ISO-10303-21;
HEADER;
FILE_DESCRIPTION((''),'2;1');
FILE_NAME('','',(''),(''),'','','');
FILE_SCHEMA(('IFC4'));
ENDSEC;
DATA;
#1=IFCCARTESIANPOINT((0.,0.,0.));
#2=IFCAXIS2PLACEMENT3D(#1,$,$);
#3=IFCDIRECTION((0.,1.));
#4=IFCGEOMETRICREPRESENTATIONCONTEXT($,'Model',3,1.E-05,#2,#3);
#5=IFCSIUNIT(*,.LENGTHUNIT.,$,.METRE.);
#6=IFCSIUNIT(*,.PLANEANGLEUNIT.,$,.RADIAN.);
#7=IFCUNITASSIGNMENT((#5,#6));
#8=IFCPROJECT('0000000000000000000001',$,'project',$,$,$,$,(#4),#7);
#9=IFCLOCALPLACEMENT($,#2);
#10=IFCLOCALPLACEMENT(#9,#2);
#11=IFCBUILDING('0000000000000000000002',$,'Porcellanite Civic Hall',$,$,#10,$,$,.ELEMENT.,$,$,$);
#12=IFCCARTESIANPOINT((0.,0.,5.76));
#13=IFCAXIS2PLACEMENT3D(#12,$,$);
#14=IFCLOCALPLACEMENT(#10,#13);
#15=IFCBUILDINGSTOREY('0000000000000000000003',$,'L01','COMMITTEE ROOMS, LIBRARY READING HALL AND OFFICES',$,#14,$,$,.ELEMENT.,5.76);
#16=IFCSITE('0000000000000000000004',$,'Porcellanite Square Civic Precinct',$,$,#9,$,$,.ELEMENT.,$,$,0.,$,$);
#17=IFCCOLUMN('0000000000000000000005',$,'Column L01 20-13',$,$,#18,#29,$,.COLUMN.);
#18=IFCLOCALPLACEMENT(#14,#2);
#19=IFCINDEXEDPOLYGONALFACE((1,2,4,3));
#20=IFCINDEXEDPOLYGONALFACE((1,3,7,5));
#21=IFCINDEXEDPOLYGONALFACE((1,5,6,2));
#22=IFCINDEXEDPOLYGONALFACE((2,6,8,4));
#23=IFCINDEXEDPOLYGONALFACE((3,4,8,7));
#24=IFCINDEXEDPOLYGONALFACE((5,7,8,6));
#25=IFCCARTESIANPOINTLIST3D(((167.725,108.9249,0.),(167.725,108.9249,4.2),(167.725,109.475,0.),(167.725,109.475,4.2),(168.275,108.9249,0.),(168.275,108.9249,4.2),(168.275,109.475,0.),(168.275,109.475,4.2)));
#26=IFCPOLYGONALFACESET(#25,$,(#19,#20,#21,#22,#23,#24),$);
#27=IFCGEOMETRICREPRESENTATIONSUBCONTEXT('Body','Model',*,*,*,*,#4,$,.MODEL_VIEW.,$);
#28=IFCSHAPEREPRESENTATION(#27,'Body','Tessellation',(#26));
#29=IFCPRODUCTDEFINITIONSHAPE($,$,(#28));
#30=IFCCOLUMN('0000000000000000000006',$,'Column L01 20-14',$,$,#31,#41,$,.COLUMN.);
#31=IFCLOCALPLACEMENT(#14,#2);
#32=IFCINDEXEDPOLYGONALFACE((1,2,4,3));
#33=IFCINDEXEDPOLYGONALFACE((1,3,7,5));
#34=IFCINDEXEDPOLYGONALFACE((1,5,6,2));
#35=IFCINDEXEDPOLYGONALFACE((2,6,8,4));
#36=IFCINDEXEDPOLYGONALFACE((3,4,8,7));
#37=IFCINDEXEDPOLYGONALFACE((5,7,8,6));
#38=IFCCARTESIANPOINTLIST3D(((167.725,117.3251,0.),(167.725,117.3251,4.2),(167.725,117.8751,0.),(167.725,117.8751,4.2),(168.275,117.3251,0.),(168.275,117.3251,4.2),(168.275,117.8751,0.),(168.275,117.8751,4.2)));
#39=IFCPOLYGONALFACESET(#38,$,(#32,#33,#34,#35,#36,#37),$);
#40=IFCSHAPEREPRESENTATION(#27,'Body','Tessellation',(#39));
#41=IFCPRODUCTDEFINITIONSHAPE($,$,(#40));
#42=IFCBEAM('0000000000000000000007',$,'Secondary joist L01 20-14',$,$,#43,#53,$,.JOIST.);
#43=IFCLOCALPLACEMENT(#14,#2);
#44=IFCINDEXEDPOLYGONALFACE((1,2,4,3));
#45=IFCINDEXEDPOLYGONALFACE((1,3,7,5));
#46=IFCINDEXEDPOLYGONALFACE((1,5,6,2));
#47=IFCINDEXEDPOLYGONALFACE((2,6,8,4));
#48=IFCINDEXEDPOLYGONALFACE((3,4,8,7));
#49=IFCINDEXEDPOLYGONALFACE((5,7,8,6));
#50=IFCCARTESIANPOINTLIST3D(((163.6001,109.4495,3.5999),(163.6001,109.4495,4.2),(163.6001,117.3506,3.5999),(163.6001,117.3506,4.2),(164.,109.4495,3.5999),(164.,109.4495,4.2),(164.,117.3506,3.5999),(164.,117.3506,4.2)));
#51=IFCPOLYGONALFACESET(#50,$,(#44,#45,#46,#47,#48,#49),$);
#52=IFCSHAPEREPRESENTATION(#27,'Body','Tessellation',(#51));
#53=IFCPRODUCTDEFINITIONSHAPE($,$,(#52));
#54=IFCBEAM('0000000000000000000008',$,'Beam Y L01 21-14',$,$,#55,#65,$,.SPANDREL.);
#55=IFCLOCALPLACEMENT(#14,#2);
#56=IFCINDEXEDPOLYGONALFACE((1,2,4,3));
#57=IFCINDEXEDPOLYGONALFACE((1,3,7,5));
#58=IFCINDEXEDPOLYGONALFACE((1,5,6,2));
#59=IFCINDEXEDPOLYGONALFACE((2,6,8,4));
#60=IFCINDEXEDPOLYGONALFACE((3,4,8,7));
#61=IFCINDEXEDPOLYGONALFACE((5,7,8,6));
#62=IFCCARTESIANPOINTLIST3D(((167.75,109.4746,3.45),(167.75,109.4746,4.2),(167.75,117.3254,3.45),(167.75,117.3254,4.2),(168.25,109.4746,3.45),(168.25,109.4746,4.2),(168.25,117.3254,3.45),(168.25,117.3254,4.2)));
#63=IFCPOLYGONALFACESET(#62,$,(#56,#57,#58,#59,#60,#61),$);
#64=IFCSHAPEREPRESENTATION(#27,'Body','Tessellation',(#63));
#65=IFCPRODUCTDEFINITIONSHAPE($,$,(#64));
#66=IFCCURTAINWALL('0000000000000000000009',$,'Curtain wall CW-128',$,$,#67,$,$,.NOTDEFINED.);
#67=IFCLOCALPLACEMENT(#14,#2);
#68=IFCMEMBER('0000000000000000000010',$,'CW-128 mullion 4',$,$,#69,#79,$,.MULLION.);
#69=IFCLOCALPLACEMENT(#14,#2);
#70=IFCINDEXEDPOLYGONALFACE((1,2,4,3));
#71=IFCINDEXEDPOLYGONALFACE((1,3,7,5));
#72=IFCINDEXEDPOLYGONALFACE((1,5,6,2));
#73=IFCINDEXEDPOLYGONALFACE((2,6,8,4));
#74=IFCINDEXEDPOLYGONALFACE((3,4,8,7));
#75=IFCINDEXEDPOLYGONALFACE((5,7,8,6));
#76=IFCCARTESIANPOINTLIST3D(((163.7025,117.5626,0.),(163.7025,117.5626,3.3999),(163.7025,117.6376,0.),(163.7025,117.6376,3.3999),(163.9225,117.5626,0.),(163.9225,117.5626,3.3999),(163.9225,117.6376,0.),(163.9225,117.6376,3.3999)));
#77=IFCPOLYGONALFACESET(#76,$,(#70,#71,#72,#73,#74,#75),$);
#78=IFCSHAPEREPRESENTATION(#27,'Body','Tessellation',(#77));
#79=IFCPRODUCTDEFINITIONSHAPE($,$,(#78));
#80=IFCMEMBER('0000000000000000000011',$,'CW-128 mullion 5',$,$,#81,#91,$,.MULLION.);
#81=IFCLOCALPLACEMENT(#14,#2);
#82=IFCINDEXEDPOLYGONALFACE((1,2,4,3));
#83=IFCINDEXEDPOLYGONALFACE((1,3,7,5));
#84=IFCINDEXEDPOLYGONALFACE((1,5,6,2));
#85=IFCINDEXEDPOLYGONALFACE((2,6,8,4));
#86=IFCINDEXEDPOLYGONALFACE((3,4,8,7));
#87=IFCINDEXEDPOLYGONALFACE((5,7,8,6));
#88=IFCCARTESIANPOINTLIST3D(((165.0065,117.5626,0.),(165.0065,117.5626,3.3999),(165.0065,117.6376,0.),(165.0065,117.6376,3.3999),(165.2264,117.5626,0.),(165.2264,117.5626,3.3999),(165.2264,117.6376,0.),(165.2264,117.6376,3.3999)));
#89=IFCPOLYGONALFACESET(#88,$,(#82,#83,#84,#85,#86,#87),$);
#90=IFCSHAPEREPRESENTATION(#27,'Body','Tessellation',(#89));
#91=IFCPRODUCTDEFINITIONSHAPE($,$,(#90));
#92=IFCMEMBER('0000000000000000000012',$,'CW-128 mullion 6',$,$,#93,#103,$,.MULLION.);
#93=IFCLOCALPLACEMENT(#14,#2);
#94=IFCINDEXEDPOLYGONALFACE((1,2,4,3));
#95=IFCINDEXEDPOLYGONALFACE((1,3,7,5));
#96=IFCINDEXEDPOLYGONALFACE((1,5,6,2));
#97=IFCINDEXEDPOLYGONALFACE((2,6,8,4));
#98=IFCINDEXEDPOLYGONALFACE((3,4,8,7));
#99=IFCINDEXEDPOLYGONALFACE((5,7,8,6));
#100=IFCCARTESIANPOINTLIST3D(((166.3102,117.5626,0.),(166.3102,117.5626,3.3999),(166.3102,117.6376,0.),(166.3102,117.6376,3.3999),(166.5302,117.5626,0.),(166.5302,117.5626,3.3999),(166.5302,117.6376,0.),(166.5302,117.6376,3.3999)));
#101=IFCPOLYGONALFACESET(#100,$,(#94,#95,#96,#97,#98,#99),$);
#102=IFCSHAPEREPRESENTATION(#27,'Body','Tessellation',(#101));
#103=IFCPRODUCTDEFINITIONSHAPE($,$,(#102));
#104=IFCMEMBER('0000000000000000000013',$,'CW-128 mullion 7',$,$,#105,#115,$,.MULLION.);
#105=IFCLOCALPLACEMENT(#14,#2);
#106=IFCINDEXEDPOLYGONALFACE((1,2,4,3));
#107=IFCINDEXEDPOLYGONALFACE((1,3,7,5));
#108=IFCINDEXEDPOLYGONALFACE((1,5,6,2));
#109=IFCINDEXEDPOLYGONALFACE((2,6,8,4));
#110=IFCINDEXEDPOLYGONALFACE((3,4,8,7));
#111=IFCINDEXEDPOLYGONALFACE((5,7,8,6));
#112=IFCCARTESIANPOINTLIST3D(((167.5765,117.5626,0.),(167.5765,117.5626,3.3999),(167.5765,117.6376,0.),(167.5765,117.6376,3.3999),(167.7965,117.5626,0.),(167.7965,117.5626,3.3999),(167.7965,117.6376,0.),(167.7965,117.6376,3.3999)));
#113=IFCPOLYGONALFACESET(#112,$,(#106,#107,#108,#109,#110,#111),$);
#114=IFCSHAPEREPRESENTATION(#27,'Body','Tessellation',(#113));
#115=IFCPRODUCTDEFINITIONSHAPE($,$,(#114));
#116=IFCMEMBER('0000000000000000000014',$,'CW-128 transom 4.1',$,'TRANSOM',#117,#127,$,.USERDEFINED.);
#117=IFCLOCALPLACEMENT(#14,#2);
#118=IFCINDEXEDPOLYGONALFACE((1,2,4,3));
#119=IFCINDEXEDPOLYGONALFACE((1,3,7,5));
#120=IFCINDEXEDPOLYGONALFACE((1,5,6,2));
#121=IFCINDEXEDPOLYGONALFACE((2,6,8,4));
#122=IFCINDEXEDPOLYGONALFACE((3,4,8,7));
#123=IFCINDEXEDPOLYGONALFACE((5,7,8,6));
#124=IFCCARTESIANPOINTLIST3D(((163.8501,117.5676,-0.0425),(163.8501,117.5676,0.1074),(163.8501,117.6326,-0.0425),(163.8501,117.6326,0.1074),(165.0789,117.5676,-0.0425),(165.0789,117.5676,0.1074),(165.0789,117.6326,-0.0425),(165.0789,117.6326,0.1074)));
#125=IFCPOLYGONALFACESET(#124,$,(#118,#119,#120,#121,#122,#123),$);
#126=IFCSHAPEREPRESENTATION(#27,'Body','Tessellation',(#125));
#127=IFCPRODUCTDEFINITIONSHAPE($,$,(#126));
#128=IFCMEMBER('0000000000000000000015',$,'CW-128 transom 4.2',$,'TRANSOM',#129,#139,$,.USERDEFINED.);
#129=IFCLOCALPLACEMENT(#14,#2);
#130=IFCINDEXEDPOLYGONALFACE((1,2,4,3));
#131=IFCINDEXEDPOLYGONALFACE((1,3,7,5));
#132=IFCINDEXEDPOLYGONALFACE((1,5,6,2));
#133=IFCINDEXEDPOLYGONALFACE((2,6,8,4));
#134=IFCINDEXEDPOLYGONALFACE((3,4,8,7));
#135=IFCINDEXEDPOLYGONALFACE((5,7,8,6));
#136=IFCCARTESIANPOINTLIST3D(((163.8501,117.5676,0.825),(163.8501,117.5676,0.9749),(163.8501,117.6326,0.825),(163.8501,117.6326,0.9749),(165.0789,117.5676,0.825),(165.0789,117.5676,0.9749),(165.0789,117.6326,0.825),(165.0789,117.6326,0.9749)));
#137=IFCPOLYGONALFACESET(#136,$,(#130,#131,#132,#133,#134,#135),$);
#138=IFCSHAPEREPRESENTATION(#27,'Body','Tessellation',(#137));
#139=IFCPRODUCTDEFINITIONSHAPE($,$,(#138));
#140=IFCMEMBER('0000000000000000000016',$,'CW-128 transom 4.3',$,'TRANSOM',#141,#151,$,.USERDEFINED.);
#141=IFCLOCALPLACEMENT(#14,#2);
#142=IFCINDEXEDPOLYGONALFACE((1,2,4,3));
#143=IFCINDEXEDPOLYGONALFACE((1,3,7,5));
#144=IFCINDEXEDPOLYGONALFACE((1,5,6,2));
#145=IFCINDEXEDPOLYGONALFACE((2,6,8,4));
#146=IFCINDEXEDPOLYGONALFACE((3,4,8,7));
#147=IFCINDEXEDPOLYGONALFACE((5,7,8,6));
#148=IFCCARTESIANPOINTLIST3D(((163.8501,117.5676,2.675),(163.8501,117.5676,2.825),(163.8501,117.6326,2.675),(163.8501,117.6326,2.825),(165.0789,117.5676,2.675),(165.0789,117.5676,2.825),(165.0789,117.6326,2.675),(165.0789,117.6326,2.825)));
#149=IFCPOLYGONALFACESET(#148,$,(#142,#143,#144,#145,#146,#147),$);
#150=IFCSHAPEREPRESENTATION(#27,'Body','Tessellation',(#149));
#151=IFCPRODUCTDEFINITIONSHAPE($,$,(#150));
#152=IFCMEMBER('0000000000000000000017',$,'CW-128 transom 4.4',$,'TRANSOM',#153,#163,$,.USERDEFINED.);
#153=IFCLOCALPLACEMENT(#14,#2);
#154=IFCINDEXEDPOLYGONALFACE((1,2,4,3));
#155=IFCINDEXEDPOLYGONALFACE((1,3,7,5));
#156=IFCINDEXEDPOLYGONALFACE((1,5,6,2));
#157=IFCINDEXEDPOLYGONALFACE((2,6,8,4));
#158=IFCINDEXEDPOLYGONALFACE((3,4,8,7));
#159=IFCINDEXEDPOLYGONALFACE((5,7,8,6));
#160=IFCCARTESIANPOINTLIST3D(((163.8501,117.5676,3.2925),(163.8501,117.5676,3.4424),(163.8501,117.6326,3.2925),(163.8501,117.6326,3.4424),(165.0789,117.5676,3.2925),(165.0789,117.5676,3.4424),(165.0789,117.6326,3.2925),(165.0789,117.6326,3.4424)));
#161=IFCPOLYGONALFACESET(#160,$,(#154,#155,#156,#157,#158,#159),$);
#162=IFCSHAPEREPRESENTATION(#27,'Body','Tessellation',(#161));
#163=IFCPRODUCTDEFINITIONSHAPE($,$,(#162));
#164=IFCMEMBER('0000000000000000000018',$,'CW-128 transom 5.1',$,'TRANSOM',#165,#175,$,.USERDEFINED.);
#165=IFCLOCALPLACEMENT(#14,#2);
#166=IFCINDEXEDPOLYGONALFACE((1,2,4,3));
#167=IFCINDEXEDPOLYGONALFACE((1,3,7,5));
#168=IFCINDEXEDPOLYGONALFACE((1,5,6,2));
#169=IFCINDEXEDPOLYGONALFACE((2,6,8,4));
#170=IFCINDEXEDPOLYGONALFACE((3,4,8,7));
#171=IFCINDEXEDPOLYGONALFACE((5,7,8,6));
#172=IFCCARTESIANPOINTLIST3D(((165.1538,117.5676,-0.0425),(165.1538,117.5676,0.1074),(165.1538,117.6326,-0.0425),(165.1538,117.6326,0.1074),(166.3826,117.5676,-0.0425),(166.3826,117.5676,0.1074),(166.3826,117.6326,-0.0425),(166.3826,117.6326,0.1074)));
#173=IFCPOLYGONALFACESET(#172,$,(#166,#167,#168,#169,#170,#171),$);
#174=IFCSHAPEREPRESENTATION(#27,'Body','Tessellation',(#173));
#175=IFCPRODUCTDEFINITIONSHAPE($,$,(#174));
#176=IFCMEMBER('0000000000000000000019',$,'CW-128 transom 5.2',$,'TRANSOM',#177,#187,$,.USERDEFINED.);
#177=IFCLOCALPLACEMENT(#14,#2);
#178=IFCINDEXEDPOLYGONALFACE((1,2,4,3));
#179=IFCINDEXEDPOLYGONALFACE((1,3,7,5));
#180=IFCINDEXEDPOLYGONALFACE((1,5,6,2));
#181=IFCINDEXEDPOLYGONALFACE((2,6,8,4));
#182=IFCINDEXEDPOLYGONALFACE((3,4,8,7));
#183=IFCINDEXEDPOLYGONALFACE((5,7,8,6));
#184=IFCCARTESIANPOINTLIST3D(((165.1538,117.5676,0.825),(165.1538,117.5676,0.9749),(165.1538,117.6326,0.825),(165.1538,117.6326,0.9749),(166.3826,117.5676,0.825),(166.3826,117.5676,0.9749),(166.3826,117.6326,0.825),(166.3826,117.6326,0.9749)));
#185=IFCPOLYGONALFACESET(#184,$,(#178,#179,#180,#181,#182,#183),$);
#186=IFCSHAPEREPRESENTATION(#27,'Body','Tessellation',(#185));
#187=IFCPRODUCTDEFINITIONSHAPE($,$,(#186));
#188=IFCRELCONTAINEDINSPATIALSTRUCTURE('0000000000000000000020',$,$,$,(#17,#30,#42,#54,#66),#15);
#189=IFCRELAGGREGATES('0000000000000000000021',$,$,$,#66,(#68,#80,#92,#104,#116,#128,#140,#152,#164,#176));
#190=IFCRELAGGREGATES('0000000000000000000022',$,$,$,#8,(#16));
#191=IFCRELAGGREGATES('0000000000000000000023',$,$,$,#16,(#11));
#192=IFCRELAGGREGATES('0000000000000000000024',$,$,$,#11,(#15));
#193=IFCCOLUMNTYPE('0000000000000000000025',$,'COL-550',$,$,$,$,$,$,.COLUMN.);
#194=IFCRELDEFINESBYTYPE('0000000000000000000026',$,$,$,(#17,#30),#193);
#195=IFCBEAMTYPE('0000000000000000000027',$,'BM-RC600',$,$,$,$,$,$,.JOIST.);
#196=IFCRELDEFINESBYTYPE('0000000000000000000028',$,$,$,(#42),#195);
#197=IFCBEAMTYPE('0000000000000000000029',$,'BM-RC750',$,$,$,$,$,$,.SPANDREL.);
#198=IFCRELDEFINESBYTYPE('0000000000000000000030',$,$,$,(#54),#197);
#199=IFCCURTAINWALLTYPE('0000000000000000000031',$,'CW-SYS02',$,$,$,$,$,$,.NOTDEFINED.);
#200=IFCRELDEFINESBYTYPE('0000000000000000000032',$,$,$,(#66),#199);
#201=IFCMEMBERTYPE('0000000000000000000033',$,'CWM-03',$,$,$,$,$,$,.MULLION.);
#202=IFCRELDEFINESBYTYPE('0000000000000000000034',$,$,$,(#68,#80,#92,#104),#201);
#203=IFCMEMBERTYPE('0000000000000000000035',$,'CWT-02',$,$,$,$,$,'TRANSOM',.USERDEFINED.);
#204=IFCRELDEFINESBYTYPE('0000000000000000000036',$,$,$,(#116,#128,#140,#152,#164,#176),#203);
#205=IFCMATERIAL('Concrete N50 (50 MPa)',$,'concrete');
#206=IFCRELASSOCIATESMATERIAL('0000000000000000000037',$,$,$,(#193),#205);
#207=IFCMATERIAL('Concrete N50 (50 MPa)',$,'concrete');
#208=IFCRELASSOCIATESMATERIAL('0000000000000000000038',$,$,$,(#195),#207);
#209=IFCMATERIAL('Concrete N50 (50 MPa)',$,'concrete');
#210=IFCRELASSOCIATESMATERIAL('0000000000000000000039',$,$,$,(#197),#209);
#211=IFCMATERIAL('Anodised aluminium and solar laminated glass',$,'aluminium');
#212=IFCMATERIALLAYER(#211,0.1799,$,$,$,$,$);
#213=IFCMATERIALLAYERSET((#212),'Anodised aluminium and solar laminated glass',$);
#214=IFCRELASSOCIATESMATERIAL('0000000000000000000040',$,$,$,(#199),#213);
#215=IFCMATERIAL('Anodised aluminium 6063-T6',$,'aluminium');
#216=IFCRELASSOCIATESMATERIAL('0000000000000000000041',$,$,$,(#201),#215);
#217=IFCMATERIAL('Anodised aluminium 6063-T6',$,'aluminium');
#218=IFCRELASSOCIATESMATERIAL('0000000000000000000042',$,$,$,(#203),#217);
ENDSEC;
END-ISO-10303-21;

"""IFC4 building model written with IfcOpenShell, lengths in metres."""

from ifc_helpers import new_model, si_unit, direction, frame, origin, origin_2d, place, context, subcontext, project, spatial, rectangle, extrude, material, layer, layer_set, material_profile, profile_set, type_object, element, aggregate, save


model = new_model("IFC4")

# Units and contexts
model_context = context("Model", 3, precision=1e-05, world=origin(), true_north=direction((0.0, 1.0)))
body_context = subcontext(model_context, "Body", "Model", "MODEL_VIEW")
ifc_project = project(units=[si_unit("LENGTHUNIT", "METRE"), si_unit("PLANEANGLEUNIT", "RADIAN")], contexts=[model_context])

# Site, building, storey
site_placement = place(None, origin())
site = spatial("IfcSite", under=ifc_project, at=site_placement, Name="Porcellanite Square Civic Precinct", CompositionType="ELEMENT", RefElevation=0.0)
building_placement = place(site_placement, origin())
building = spatial("IfcBuilding", under=site, at=building_placement, Name="Porcellanite Civic Hall", CompositionType="ELEMENT")
storey_placement = place(building_placement, frame((0.0, 0.0, 5.76)))
storey = spatial("IfcBuildingStorey", under=building, at=storey_placement, Name="L01", Description="COMMITTEE ROOMS, LIBRARY READING HALL AND OFFICES", CompositionType="ELEMENT", Elevation=5.76)

# Columns
ifc_material_1 = material(Name="Concrete N50 (50 MPa)", Category="concrete")
ifc_material_profile_1 = material_profile(ifc_material_1, rectangle(XDim=0.55, YDim=0.55, at=origin_2d()), Name="RC-550x550")
ifc_profile_set_1 = profile_set([ifc_material_profile_1], Name="Concrete N50 (50 MPa)")
column_type = type_object("IfcColumnType", Name="COL-550", PredefinedType="COLUMN", material=ifc_profile_set_1)
for number, where, z_axis, x_axis, name in (
    (1, (168.0, 109.2, 0.0), (0.0, 0.0, 1.0), (1.0, 0.0, 0.0), "Column L01 20-13"),
    (2, (168.0, 117.6001, 0.0), (0.0, 0.0, 1.0), (1.0, 0.0, 0.0), "Column L01 20-14"),
):
    element("IfcColumn", number, at=place(storey_placement, frame(where, z_axis=z_axis, x_axis=x_axis)), inside=storey, type_object=column_type, Name=name, PredefinedType="COLUMN", context=body_context, shape_type="SweptSolid", body=[
        extrude(rectangle(XDim=0.55, YDim=0.55, at=origin_2d()), origin(), (0.0, 0.0, 1.0), 4.2),
    ])

# Beams
ifc_material_2 = material(Name="Concrete N50 (50 MPa)", Category="concrete")
ifc_material_profile_2 = material_profile(ifc_material_2, rectangle(XDim=0.3999, YDim=0.6001, at=origin_2d()), Name="RC-400x600")
ifc_profile_set_2 = profile_set([ifc_material_profile_2], Name="Concrete N50 (50 MPa)")
beam_type_1 = type_object("IfcBeamType", Name="BM-RC600", PredefinedType="JOIST", material=ifc_profile_set_2)
beam_1_placement = place(storey_placement, frame((163.8, 109.4495, 3.8999), z_axis=(0.0, 1.0, 0.0), x_axis=(-1.0, 0.0, 0.0)))
element("IfcBeam", 3, at=beam_1_placement, inside=storey, type_object=beam_type_1, Name="Secondary joist L01 20-14", PredefinedType="JOIST", context=body_context, shape_type="SweptSolid", body=[
    extrude(rectangle(XDim=0.3999, YDim=0.6001, at=origin_2d()), origin(), (0.0, 0.0, 1.0), 7.9011),
])
ifc_material_3 = material(Name="Concrete N50 (50 MPa)", Category="concrete")
ifc_material_profile_3 = material_profile(ifc_material_3, rectangle(XDim=0.5, YDim=0.75, at=origin_2d()), Name="RC-500x750")
ifc_profile_set_3 = profile_set([ifc_material_profile_3], Name="Concrete N50 (50 MPa)")
beam_type_2 = type_object("IfcBeamType", Name="BM-RC750", PredefinedType="SPANDREL", material=ifc_profile_set_3)
beam_2_placement = place(storey_placement, frame((168.0, 109.4746, 3.825), z_axis=(0.0, 1.0, 0.0), x_axis=(-1.0, 0.0, 0.0)))
element("IfcBeam", 4, at=beam_2_placement, inside=storey, type_object=beam_type_2, Name="Beam Y L01 21-14", PredefinedType="SPANDREL", context=body_context, shape_type="SweptSolid", body=[
    extrude(rectangle(XDim=0.5, YDim=0.75, at=origin_2d()), origin(), (0.0, 0.0, 1.0), 7.8508),
])

# Curtain wall, members
ifc_material_4 = material(Name="Anodised aluminium and solar laminated glass", Category="aluminium")
ifc_layer_1 = layer(ifc_material_4, 0.1799)
ifc_layer_set_1 = layer_set([ifc_layer_1], Name="Anodised aluminium and solar laminated glass")
curtain_wall_type = type_object("IfcCurtainWallType", Name="CW-SYS02", PredefinedType="NOTDEFINED", material=ifc_layer_set_1)
curtain_wall_placement = place(storey_placement, origin())
curtain_wall = element("IfcCurtainWall", 5, at=curtain_wall_placement, inside=storey, type_object=curtain_wall_type, Name="Curtain wall CW-128", PredefinedType="NOTDEFINED")
ifc_material_5 = material(Name="Anodised aluminium 6063-T6", Category="aluminium")
ifc_material_profile_4 = material_profile(ifc_material_5, rectangle(XDim=0.075, YDim=0.22, at=origin_2d()), Name="AL-75x220")
ifc_profile_set_4 = profile_set([ifc_material_profile_4], Name="Anodised aluminium 6063-T6")
member_type_1 = type_object("IfcMemberType", Name="CWM-03", PredefinedType="MULLION", material=ifc_profile_set_4)
member_1_placement = place(storey_placement, frame((163.8125, 117.6001, 0.0), z_axis=(0.0, 0.0, 1.0), x_axis=(0.0, 1.0, 0.0)))
member_1 = element("IfcMember", 6, at=member_1_placement, type_object=member_type_1, Name="CW-128 mullion 4", PredefinedType="MULLION", context=body_context, shape_type="SweptSolid", body=[
    extrude(rectangle(XDim=0.075, YDim=0.22, at=origin_2d()), origin(), (0.0, 0.0, 1.0), 3.3999),
])
member_2_placement = place(storey_placement, frame((165.1165, 117.6001, 0.0), z_axis=(0.0, 0.0, 1.0), x_axis=(0.0, 1.0, 0.0)))
member_2 = element("IfcMember", 7, at=member_2_placement, type_object=member_type_1, Name="CW-128 mullion 5", PredefinedType="MULLION", context=body_context, shape_type="SweptSolid", body=[
    extrude(rectangle(XDim=0.075, YDim=0.22, at=origin_2d()), origin(), (0.0, 0.0, 1.0), 3.3999),
])
member_3_placement = place(storey_placement, frame((166.4202, 117.6001, 0.0), z_axis=(0.0, 0.0, 1.0), x_axis=(0.0, 1.0, 0.0)))
member_3 = element("IfcMember", 8, at=member_3_placement, type_object=member_type_1, Name="CW-128 mullion 6", PredefinedType="MULLION", context=body_context, shape_type="SweptSolid", body=[
    extrude(rectangle(XDim=0.075, YDim=0.22, at=origin_2d()), origin(), (0.0, 0.0, 1.0), 3.3999),
])
member_4_placement = place(storey_placement, frame((167.6865, 117.6001, 0.0), z_axis=(0.0, 0.0, 1.0), x_axis=(0.0, 1.0, 0.0)))
member_4 = element("IfcMember", 9, at=member_4_placement, type_object=member_type_1, Name="CW-128 mullion 7", PredefinedType="MULLION", context=body_context, shape_type="SweptSolid", body=[
    extrude(rectangle(XDim=0.075, YDim=0.22, at=origin_2d()), origin(), (0.0, 0.0, 1.0), 3.3999),
])
ifc_material_6 = material(Name="Anodised aluminium 6063-T6", Category="aluminium")
ifc_material_profile_5 = material_profile(ifc_material_6, rectangle(XDim=0.0649, YDim=0.1499, at=origin_2d()), Name="AL-65x150")
ifc_profile_set_5 = profile_set([ifc_material_profile_5], Name="Anodised aluminium 6063-T6")
member_type_2 = type_object("IfcMemberType", Name="CWT-02", ElementType="TRANSOM", PredefinedType="USERDEFINED", material=ifc_profile_set_5)
member_5_placement = place(storey_placement, frame((163.8501, 117.6001, 0.0325), z_axis=(1.0, 0.0, 0.0), x_axis=(0.0, 1.0, 0.0)))
member_5 = element("IfcMember", 10, at=member_5_placement, type_object=member_type_2, Name="CW-128 transom 4.1", ObjectType="TRANSOM", PredefinedType="USERDEFINED", context=body_context, shape_type="SweptSolid", body=[
    extrude(rectangle(XDim=0.0649, YDim=0.1499, at=origin_2d()), origin(), (0.0, 0.0, 1.0), 1.2288),
])
member_6_placement = place(storey_placement, frame((163.8501, 117.6001, 0.8999), z_axis=(1.0, 0.0, 0.0), x_axis=(0.0, 1.0, 0.0)))
member_6 = element("IfcMember", 11, at=member_6_placement, type_object=member_type_2, Name="CW-128 transom 4.2", ObjectType="TRANSOM", PredefinedType="USERDEFINED", context=body_context, shape_type="SweptSolid", body=[
    extrude(rectangle(XDim=0.0649, YDim=0.1499, at=origin_2d()), origin(), (0.0, 0.0, 1.0), 1.2288),
])
member_7_placement = place(storey_placement, frame((163.8501, 117.6001, 2.75), z_axis=(1.0, 0.0, 0.0), x_axis=(0.0, 1.0, 0.0)))
member_7 = element("IfcMember", 12, at=member_7_placement, type_object=member_type_2, Name="CW-128 transom 4.3", ObjectType="TRANSOM", PredefinedType="USERDEFINED", context=body_context, shape_type="SweptSolid", body=[
    extrude(rectangle(XDim=0.0649, YDim=0.1499, at=origin_2d()), origin(), (0.0, 0.0, 1.0), 1.2288),
])
member_8_placement = place(storey_placement, frame((163.8501, 117.6001, 3.3674), z_axis=(1.0, 0.0, 0.0), x_axis=(0.0, 1.0, 0.0)))
member_8 = element("IfcMember", 13, at=member_8_placement, type_object=member_type_2, Name="CW-128 transom 4.4", ObjectType="TRANSOM", PredefinedType="USERDEFINED", context=body_context, shape_type="SweptSolid", body=[
    extrude(rectangle(XDim=0.0649, YDim=0.1499, at=origin_2d()), origin(), (0.0, 0.0, 1.0), 1.2288),
])
member_9_placement = place(storey_placement, frame((165.1538, 117.6001, 0.0325), z_axis=(1.0, 0.0, 0.0), x_axis=(0.0, 1.0, 0.0)))
member_9 = element("IfcMember", 14, at=member_9_placement, type_object=member_type_2, Name="CW-128 transom 5.1", ObjectType="TRANSOM", PredefinedType="USERDEFINED", context=body_context, shape_type="SweptSolid", body=[
    extrude(rectangle(XDim=0.0649, YDim=0.1499, at=origin_2d()), origin(), (0.0, 0.0, 1.0), 1.2288),
])
member_10_placement = place(storey_placement, frame((165.1538, 117.6001, 0.8999), z_axis=(1.0, 0.0, 0.0), x_axis=(0.0, 1.0, 0.0)))
member_10 = element("IfcMember", 15, at=member_10_placement, type_object=member_type_2, Name="CW-128 transom 5.2", ObjectType="TRANSOM", PredefinedType="USERDEFINED", context=body_context, shape_type="SweptSolid", body=[
    extrude(rectangle(XDim=0.0649, YDim=0.1499, at=origin_2d()), origin(), (0.0, 0.0, 1.0), 1.2288),
])
aggregate(curtain_wall, [member_1, member_2, member_3, member_4, member_5, member_6, member_7, member_8, member_9, member_10])

save(model, "model.ifc")
